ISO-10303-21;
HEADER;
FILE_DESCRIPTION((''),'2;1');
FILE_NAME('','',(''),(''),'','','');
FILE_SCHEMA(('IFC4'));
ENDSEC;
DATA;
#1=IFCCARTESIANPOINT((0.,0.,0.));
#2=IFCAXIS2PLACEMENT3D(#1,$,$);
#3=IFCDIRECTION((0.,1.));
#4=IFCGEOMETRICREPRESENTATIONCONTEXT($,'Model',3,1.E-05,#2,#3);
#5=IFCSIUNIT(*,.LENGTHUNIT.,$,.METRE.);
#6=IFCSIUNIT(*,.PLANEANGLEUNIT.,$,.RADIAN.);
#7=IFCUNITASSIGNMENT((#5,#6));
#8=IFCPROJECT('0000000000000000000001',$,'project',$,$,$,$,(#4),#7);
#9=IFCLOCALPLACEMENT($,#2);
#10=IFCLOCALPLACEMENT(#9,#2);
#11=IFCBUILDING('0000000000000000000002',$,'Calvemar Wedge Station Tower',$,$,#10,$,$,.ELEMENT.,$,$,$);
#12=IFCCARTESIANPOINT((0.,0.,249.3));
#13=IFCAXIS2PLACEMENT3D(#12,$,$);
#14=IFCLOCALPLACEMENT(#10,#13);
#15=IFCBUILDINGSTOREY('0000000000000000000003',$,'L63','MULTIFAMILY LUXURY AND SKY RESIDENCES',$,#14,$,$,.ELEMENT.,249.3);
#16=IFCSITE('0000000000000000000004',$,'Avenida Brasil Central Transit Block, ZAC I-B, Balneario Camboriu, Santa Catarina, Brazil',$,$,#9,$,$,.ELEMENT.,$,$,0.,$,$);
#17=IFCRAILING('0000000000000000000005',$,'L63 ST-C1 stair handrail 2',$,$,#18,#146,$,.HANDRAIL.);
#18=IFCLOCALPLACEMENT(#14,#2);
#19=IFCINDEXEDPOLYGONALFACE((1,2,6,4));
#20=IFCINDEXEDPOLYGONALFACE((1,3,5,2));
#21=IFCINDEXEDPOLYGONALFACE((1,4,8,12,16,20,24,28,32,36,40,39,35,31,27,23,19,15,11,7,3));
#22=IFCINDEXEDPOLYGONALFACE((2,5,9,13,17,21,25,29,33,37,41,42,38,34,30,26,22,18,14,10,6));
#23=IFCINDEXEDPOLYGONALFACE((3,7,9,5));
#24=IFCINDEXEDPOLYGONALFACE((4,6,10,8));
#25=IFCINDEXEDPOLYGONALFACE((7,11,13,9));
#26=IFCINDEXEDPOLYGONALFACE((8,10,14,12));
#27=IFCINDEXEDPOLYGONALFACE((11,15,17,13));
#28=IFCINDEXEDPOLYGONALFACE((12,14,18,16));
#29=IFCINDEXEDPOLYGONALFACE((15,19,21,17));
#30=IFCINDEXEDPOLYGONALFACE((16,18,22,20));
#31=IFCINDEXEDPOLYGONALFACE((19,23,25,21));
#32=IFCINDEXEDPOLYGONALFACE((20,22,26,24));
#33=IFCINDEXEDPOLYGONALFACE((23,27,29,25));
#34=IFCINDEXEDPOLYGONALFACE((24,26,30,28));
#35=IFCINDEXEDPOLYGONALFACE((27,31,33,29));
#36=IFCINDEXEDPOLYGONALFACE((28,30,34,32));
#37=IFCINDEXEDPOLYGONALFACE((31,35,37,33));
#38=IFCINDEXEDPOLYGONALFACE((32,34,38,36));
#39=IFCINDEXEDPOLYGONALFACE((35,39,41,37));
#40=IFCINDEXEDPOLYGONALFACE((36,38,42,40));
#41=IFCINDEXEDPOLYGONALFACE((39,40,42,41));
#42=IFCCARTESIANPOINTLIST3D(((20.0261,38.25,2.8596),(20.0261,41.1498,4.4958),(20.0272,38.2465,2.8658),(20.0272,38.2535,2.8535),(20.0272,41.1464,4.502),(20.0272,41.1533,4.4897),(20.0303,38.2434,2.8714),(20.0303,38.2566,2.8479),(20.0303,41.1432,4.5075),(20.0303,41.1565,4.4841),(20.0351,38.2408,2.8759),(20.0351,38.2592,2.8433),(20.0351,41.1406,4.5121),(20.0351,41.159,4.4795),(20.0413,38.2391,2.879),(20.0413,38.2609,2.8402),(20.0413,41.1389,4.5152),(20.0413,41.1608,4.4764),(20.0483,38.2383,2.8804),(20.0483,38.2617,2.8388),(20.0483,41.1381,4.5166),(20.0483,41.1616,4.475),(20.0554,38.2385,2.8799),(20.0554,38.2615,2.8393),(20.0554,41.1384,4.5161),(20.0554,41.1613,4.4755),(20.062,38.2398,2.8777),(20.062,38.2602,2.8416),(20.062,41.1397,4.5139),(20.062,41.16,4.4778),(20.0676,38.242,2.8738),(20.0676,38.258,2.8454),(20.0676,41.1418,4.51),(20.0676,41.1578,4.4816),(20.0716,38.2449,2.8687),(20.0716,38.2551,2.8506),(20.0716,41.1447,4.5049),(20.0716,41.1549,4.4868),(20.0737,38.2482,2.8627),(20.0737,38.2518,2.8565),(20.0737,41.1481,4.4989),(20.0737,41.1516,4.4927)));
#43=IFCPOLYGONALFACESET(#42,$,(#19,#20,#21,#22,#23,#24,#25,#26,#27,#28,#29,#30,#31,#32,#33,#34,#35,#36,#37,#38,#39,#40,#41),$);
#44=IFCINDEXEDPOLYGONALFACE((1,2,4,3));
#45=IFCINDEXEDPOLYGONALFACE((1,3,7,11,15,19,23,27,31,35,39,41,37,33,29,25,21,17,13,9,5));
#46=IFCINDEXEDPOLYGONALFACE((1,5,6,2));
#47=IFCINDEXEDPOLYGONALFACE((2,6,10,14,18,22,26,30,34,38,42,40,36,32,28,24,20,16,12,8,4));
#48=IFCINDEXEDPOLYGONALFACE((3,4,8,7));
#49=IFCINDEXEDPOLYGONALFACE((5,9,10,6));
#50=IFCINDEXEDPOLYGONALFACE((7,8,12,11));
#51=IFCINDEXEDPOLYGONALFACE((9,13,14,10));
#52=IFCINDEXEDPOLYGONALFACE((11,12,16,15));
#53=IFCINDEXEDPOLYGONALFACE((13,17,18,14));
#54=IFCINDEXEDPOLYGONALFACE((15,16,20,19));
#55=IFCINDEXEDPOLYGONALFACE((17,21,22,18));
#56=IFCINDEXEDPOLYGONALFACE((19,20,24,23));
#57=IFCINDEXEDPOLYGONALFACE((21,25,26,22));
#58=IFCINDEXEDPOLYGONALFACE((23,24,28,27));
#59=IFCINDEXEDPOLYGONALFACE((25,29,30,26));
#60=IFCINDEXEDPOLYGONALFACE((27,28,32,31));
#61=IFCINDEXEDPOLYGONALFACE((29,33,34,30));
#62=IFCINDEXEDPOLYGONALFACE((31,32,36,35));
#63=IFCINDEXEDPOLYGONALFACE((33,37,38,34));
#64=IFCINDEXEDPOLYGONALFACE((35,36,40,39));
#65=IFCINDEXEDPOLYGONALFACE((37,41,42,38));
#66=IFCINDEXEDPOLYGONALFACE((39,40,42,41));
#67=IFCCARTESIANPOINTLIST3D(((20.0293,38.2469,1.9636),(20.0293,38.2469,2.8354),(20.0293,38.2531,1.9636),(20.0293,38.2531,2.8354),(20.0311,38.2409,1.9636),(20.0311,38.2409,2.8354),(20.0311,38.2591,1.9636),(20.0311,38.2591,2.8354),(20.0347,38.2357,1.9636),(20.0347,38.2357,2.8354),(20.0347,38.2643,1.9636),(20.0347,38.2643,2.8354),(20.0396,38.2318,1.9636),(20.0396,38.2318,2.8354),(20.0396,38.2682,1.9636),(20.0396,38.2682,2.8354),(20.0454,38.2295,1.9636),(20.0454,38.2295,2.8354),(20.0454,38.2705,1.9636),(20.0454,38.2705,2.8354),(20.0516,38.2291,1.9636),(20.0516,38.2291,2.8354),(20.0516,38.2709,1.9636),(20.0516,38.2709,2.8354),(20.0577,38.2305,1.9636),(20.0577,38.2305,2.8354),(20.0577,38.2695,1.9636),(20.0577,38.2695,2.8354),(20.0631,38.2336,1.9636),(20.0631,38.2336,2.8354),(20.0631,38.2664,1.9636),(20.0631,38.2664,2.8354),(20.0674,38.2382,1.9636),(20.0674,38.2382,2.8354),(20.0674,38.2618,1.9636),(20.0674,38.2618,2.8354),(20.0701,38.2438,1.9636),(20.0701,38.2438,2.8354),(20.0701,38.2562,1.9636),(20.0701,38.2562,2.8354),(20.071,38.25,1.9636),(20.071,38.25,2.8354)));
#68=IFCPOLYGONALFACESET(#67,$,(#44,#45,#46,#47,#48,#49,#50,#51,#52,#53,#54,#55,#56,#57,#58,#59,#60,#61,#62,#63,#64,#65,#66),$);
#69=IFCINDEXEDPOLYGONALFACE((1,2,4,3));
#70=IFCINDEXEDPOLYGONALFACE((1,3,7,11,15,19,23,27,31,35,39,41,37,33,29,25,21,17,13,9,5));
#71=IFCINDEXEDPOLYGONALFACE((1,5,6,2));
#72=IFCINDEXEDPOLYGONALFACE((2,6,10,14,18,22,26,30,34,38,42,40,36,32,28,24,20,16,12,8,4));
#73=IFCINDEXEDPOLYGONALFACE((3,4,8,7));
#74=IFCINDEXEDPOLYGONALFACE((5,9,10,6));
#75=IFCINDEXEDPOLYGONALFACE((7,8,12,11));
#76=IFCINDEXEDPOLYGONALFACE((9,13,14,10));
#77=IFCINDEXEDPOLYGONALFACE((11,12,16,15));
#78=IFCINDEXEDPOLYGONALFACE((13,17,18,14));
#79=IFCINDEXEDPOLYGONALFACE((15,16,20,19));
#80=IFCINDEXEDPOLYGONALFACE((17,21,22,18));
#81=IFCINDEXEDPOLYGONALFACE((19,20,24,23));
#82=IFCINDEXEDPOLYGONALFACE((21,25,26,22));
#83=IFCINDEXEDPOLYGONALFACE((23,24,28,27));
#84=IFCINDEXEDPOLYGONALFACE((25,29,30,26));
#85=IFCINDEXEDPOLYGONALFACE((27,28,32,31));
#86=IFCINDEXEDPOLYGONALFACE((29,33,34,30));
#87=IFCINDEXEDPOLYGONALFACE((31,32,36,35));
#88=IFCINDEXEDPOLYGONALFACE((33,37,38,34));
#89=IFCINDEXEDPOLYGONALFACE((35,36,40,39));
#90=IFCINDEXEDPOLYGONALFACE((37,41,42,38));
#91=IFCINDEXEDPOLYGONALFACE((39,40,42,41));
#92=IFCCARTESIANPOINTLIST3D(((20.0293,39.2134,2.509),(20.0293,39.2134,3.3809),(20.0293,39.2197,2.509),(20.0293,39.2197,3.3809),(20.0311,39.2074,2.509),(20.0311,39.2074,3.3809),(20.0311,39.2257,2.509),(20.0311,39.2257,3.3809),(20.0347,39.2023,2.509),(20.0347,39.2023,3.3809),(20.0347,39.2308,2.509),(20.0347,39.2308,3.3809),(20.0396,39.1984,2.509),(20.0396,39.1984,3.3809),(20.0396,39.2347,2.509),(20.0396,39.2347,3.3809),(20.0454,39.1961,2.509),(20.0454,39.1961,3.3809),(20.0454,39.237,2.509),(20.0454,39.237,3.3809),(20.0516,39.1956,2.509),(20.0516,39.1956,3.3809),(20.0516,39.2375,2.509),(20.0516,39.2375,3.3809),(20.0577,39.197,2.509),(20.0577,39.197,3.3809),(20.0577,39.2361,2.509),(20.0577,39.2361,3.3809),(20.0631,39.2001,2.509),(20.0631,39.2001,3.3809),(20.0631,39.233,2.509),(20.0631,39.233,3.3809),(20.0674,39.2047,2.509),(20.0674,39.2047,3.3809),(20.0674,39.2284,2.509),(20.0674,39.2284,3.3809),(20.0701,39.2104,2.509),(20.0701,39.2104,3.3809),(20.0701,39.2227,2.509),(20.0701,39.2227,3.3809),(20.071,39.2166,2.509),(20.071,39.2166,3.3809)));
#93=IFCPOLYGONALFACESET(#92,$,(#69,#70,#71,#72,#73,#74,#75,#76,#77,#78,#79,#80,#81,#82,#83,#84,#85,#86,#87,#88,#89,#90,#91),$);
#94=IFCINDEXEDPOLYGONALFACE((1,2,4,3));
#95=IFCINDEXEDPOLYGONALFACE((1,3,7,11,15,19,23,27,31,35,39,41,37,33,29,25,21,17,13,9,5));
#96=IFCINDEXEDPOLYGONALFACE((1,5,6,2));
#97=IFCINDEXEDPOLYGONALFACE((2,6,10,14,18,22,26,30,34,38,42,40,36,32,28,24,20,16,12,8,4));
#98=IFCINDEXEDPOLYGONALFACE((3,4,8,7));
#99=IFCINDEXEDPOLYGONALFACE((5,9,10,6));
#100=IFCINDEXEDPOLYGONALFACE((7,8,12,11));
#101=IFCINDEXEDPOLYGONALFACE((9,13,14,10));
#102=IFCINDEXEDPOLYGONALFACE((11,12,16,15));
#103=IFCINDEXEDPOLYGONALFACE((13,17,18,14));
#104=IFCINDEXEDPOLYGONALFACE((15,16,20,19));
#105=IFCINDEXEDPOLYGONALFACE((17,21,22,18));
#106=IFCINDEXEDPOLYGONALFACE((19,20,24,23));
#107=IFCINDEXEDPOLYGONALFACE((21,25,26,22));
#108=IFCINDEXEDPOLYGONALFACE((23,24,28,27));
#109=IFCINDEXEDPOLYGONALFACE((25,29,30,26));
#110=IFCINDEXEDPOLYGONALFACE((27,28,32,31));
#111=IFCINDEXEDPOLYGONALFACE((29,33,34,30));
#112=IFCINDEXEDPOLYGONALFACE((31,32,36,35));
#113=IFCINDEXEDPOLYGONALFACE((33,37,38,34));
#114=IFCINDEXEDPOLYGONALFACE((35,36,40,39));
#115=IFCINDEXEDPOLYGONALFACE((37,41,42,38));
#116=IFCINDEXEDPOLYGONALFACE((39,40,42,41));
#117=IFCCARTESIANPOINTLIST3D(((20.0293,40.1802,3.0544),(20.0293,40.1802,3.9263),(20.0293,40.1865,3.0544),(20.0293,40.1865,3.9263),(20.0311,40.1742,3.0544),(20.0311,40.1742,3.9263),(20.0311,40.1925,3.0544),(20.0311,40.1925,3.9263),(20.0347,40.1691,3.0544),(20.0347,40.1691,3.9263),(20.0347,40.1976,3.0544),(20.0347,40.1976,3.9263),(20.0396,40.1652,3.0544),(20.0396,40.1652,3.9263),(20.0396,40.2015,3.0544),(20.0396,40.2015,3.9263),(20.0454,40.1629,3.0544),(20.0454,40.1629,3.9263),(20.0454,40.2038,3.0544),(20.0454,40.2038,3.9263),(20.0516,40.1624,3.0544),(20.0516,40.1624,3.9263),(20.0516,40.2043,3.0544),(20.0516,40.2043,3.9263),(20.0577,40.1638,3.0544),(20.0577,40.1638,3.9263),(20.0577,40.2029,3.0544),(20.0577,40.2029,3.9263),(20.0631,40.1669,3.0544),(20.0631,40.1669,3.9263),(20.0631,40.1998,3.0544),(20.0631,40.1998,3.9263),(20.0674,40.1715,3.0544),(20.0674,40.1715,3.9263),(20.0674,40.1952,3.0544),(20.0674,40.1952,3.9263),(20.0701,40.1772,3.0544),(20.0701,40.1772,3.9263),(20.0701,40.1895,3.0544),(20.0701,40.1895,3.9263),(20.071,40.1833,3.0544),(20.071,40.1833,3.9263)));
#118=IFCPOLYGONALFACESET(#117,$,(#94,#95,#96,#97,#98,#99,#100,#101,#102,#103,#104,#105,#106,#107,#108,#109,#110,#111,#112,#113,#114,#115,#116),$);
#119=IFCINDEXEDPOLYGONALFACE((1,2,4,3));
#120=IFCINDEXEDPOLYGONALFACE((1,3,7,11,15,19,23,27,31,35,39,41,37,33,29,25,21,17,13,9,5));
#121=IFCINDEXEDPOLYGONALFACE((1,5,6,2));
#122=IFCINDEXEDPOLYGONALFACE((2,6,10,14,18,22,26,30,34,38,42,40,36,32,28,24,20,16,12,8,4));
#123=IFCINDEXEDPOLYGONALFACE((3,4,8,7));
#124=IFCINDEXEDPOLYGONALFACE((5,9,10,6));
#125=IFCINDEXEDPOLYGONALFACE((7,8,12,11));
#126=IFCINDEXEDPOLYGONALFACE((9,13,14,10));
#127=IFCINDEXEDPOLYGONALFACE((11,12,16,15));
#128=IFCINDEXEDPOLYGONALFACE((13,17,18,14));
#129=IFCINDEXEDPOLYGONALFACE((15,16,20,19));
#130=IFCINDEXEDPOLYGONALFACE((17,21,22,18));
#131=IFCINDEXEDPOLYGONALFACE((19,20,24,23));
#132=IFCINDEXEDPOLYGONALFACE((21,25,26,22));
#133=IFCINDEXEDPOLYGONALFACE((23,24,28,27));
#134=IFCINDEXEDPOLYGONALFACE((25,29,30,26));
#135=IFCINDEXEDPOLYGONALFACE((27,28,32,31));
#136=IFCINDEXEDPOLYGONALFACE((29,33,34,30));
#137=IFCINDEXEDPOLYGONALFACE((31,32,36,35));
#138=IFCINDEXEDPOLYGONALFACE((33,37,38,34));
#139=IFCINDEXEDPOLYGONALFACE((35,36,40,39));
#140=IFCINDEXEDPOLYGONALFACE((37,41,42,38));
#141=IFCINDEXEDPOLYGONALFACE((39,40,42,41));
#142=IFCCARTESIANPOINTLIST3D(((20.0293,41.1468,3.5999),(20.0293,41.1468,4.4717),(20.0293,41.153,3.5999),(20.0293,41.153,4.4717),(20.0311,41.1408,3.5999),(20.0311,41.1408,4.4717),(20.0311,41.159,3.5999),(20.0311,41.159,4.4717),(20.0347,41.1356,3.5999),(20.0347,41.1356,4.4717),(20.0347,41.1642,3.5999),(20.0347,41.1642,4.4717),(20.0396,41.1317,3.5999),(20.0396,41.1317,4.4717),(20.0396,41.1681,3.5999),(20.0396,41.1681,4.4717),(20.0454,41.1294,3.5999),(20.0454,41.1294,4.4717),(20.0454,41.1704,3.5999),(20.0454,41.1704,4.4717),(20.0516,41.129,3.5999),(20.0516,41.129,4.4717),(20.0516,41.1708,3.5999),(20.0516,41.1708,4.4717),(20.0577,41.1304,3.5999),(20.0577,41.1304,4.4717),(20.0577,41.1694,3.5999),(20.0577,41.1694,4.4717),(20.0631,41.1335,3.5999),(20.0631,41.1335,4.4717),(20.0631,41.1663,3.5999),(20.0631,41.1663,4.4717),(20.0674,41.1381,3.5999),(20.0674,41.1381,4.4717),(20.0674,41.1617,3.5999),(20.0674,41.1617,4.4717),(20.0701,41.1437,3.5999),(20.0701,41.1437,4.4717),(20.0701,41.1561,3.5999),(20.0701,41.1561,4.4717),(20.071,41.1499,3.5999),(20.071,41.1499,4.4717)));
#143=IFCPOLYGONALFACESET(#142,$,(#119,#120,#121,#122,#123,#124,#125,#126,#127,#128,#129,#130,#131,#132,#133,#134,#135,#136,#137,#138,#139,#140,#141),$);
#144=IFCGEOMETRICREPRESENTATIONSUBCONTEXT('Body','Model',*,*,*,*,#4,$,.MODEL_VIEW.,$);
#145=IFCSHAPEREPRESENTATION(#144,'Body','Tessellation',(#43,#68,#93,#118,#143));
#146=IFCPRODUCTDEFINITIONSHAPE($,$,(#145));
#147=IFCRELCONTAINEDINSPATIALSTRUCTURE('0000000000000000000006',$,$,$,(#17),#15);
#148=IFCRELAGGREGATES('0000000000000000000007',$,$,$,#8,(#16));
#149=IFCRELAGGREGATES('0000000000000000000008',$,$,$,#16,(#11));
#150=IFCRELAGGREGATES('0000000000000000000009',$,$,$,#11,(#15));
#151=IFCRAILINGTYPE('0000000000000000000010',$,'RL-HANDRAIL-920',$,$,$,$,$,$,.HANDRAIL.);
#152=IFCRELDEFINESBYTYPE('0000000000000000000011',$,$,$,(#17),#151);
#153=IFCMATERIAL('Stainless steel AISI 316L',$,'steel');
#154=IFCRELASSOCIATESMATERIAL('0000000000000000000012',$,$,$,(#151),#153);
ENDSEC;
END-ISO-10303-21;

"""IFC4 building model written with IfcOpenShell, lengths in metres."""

from ifc_helpers import new_model, si_unit, direction, frame, origin, origin_2d, place, context, subcontext, project, spatial, circle, extrude, material, type_object, element, save


model = new_model("IFC4")

# Units and contexts
model_context = context("Model", 3, precision=1e-05, world=origin(), true_north=direction((0.0, 1.0)))
body_context = subcontext(model_context, "Body", "Model", "MODEL_VIEW")
ifc_project = project(units=[si_unit("LENGTHUNIT", "METRE"), si_unit("PLANEANGLEUNIT", "RADIAN")], contexts=[model_context])

# Site, building, storey
site_placement = place(None, origin())
site = spatial("IfcSite", under=ifc_project, at=site_placement, Name="Avenida Brasil Central Transit Block, ZAC I-B, Balneario Camboriu, Santa Catarina, Brazil", CompositionType="ELEMENT", RefElevation=0.0)
building_placement = place(site_placement, origin())
building = spatial("IfcBuilding", under=site, at=building_placement, Name="Calvemar Wedge Station Tower", CompositionType="ELEMENT")
storey_placement = place(building_placement, frame((0.0, 0.0, 249.3)))
storey = spatial("IfcBuildingStorey", under=building, at=storey_placement, Name="L63", Description="MULTIFAMILY LUXURY AND SKY RESIDENCES", CompositionType="ELEMENT", Elevation=249.3)

# Railing
ifc_material_1 = material(Name="Stainless steel AISI 316L", Category="steel")
railing_type_1 = type_object("IfcRailingType", Name="RL-HANDRAIL-920", PredefinedType="HANDRAIL", material=ifc_material_1)
railing_1_placement = place(storey_placement, frame((20.05, 38.25, 1.9636)))
element("IfcRailing", 1, at=railing_1_placement, inside=storey, type_object=railing_type_1, Name="L63 ST-C1 stair handrail 2", PredefinedType="HANDRAIL", context=body_context, shape_type="SweptSolid", body=[
    extrude(circle(Radius=0.0239, at=origin_2d()), frame((0.0, 0.0, 0.896), z_axis=(0.0, 0.870929, 0.49141), x_axis=(-1.0, 0.0, 0.0)), (0.0, 0.0, 1.0), 3.3296),
    extrude(circle(Radius=0.021, at=origin_2d()), origin(), (0.0, 0.0, 1.0), 0.8718),
    extrude(circle(Radius=0.021, at=origin_2d()), frame((0.0, 0.9666, 0.5454)), (0.0, 0.0, 1.0), 0.8718),
    extrude(circle(Radius=0.021, at=origin_2d()), frame((0.0, 1.9333, 1.0908)), (0.0, 0.0, 1.0), 0.8718),
    extrude(circle(Radius=0.021, at=origin_2d()), frame((0.0, 2.8999, 1.6362)), (0.0, 0.0, 1.0), 0.8718),
])

save(model, "model.ifc")
